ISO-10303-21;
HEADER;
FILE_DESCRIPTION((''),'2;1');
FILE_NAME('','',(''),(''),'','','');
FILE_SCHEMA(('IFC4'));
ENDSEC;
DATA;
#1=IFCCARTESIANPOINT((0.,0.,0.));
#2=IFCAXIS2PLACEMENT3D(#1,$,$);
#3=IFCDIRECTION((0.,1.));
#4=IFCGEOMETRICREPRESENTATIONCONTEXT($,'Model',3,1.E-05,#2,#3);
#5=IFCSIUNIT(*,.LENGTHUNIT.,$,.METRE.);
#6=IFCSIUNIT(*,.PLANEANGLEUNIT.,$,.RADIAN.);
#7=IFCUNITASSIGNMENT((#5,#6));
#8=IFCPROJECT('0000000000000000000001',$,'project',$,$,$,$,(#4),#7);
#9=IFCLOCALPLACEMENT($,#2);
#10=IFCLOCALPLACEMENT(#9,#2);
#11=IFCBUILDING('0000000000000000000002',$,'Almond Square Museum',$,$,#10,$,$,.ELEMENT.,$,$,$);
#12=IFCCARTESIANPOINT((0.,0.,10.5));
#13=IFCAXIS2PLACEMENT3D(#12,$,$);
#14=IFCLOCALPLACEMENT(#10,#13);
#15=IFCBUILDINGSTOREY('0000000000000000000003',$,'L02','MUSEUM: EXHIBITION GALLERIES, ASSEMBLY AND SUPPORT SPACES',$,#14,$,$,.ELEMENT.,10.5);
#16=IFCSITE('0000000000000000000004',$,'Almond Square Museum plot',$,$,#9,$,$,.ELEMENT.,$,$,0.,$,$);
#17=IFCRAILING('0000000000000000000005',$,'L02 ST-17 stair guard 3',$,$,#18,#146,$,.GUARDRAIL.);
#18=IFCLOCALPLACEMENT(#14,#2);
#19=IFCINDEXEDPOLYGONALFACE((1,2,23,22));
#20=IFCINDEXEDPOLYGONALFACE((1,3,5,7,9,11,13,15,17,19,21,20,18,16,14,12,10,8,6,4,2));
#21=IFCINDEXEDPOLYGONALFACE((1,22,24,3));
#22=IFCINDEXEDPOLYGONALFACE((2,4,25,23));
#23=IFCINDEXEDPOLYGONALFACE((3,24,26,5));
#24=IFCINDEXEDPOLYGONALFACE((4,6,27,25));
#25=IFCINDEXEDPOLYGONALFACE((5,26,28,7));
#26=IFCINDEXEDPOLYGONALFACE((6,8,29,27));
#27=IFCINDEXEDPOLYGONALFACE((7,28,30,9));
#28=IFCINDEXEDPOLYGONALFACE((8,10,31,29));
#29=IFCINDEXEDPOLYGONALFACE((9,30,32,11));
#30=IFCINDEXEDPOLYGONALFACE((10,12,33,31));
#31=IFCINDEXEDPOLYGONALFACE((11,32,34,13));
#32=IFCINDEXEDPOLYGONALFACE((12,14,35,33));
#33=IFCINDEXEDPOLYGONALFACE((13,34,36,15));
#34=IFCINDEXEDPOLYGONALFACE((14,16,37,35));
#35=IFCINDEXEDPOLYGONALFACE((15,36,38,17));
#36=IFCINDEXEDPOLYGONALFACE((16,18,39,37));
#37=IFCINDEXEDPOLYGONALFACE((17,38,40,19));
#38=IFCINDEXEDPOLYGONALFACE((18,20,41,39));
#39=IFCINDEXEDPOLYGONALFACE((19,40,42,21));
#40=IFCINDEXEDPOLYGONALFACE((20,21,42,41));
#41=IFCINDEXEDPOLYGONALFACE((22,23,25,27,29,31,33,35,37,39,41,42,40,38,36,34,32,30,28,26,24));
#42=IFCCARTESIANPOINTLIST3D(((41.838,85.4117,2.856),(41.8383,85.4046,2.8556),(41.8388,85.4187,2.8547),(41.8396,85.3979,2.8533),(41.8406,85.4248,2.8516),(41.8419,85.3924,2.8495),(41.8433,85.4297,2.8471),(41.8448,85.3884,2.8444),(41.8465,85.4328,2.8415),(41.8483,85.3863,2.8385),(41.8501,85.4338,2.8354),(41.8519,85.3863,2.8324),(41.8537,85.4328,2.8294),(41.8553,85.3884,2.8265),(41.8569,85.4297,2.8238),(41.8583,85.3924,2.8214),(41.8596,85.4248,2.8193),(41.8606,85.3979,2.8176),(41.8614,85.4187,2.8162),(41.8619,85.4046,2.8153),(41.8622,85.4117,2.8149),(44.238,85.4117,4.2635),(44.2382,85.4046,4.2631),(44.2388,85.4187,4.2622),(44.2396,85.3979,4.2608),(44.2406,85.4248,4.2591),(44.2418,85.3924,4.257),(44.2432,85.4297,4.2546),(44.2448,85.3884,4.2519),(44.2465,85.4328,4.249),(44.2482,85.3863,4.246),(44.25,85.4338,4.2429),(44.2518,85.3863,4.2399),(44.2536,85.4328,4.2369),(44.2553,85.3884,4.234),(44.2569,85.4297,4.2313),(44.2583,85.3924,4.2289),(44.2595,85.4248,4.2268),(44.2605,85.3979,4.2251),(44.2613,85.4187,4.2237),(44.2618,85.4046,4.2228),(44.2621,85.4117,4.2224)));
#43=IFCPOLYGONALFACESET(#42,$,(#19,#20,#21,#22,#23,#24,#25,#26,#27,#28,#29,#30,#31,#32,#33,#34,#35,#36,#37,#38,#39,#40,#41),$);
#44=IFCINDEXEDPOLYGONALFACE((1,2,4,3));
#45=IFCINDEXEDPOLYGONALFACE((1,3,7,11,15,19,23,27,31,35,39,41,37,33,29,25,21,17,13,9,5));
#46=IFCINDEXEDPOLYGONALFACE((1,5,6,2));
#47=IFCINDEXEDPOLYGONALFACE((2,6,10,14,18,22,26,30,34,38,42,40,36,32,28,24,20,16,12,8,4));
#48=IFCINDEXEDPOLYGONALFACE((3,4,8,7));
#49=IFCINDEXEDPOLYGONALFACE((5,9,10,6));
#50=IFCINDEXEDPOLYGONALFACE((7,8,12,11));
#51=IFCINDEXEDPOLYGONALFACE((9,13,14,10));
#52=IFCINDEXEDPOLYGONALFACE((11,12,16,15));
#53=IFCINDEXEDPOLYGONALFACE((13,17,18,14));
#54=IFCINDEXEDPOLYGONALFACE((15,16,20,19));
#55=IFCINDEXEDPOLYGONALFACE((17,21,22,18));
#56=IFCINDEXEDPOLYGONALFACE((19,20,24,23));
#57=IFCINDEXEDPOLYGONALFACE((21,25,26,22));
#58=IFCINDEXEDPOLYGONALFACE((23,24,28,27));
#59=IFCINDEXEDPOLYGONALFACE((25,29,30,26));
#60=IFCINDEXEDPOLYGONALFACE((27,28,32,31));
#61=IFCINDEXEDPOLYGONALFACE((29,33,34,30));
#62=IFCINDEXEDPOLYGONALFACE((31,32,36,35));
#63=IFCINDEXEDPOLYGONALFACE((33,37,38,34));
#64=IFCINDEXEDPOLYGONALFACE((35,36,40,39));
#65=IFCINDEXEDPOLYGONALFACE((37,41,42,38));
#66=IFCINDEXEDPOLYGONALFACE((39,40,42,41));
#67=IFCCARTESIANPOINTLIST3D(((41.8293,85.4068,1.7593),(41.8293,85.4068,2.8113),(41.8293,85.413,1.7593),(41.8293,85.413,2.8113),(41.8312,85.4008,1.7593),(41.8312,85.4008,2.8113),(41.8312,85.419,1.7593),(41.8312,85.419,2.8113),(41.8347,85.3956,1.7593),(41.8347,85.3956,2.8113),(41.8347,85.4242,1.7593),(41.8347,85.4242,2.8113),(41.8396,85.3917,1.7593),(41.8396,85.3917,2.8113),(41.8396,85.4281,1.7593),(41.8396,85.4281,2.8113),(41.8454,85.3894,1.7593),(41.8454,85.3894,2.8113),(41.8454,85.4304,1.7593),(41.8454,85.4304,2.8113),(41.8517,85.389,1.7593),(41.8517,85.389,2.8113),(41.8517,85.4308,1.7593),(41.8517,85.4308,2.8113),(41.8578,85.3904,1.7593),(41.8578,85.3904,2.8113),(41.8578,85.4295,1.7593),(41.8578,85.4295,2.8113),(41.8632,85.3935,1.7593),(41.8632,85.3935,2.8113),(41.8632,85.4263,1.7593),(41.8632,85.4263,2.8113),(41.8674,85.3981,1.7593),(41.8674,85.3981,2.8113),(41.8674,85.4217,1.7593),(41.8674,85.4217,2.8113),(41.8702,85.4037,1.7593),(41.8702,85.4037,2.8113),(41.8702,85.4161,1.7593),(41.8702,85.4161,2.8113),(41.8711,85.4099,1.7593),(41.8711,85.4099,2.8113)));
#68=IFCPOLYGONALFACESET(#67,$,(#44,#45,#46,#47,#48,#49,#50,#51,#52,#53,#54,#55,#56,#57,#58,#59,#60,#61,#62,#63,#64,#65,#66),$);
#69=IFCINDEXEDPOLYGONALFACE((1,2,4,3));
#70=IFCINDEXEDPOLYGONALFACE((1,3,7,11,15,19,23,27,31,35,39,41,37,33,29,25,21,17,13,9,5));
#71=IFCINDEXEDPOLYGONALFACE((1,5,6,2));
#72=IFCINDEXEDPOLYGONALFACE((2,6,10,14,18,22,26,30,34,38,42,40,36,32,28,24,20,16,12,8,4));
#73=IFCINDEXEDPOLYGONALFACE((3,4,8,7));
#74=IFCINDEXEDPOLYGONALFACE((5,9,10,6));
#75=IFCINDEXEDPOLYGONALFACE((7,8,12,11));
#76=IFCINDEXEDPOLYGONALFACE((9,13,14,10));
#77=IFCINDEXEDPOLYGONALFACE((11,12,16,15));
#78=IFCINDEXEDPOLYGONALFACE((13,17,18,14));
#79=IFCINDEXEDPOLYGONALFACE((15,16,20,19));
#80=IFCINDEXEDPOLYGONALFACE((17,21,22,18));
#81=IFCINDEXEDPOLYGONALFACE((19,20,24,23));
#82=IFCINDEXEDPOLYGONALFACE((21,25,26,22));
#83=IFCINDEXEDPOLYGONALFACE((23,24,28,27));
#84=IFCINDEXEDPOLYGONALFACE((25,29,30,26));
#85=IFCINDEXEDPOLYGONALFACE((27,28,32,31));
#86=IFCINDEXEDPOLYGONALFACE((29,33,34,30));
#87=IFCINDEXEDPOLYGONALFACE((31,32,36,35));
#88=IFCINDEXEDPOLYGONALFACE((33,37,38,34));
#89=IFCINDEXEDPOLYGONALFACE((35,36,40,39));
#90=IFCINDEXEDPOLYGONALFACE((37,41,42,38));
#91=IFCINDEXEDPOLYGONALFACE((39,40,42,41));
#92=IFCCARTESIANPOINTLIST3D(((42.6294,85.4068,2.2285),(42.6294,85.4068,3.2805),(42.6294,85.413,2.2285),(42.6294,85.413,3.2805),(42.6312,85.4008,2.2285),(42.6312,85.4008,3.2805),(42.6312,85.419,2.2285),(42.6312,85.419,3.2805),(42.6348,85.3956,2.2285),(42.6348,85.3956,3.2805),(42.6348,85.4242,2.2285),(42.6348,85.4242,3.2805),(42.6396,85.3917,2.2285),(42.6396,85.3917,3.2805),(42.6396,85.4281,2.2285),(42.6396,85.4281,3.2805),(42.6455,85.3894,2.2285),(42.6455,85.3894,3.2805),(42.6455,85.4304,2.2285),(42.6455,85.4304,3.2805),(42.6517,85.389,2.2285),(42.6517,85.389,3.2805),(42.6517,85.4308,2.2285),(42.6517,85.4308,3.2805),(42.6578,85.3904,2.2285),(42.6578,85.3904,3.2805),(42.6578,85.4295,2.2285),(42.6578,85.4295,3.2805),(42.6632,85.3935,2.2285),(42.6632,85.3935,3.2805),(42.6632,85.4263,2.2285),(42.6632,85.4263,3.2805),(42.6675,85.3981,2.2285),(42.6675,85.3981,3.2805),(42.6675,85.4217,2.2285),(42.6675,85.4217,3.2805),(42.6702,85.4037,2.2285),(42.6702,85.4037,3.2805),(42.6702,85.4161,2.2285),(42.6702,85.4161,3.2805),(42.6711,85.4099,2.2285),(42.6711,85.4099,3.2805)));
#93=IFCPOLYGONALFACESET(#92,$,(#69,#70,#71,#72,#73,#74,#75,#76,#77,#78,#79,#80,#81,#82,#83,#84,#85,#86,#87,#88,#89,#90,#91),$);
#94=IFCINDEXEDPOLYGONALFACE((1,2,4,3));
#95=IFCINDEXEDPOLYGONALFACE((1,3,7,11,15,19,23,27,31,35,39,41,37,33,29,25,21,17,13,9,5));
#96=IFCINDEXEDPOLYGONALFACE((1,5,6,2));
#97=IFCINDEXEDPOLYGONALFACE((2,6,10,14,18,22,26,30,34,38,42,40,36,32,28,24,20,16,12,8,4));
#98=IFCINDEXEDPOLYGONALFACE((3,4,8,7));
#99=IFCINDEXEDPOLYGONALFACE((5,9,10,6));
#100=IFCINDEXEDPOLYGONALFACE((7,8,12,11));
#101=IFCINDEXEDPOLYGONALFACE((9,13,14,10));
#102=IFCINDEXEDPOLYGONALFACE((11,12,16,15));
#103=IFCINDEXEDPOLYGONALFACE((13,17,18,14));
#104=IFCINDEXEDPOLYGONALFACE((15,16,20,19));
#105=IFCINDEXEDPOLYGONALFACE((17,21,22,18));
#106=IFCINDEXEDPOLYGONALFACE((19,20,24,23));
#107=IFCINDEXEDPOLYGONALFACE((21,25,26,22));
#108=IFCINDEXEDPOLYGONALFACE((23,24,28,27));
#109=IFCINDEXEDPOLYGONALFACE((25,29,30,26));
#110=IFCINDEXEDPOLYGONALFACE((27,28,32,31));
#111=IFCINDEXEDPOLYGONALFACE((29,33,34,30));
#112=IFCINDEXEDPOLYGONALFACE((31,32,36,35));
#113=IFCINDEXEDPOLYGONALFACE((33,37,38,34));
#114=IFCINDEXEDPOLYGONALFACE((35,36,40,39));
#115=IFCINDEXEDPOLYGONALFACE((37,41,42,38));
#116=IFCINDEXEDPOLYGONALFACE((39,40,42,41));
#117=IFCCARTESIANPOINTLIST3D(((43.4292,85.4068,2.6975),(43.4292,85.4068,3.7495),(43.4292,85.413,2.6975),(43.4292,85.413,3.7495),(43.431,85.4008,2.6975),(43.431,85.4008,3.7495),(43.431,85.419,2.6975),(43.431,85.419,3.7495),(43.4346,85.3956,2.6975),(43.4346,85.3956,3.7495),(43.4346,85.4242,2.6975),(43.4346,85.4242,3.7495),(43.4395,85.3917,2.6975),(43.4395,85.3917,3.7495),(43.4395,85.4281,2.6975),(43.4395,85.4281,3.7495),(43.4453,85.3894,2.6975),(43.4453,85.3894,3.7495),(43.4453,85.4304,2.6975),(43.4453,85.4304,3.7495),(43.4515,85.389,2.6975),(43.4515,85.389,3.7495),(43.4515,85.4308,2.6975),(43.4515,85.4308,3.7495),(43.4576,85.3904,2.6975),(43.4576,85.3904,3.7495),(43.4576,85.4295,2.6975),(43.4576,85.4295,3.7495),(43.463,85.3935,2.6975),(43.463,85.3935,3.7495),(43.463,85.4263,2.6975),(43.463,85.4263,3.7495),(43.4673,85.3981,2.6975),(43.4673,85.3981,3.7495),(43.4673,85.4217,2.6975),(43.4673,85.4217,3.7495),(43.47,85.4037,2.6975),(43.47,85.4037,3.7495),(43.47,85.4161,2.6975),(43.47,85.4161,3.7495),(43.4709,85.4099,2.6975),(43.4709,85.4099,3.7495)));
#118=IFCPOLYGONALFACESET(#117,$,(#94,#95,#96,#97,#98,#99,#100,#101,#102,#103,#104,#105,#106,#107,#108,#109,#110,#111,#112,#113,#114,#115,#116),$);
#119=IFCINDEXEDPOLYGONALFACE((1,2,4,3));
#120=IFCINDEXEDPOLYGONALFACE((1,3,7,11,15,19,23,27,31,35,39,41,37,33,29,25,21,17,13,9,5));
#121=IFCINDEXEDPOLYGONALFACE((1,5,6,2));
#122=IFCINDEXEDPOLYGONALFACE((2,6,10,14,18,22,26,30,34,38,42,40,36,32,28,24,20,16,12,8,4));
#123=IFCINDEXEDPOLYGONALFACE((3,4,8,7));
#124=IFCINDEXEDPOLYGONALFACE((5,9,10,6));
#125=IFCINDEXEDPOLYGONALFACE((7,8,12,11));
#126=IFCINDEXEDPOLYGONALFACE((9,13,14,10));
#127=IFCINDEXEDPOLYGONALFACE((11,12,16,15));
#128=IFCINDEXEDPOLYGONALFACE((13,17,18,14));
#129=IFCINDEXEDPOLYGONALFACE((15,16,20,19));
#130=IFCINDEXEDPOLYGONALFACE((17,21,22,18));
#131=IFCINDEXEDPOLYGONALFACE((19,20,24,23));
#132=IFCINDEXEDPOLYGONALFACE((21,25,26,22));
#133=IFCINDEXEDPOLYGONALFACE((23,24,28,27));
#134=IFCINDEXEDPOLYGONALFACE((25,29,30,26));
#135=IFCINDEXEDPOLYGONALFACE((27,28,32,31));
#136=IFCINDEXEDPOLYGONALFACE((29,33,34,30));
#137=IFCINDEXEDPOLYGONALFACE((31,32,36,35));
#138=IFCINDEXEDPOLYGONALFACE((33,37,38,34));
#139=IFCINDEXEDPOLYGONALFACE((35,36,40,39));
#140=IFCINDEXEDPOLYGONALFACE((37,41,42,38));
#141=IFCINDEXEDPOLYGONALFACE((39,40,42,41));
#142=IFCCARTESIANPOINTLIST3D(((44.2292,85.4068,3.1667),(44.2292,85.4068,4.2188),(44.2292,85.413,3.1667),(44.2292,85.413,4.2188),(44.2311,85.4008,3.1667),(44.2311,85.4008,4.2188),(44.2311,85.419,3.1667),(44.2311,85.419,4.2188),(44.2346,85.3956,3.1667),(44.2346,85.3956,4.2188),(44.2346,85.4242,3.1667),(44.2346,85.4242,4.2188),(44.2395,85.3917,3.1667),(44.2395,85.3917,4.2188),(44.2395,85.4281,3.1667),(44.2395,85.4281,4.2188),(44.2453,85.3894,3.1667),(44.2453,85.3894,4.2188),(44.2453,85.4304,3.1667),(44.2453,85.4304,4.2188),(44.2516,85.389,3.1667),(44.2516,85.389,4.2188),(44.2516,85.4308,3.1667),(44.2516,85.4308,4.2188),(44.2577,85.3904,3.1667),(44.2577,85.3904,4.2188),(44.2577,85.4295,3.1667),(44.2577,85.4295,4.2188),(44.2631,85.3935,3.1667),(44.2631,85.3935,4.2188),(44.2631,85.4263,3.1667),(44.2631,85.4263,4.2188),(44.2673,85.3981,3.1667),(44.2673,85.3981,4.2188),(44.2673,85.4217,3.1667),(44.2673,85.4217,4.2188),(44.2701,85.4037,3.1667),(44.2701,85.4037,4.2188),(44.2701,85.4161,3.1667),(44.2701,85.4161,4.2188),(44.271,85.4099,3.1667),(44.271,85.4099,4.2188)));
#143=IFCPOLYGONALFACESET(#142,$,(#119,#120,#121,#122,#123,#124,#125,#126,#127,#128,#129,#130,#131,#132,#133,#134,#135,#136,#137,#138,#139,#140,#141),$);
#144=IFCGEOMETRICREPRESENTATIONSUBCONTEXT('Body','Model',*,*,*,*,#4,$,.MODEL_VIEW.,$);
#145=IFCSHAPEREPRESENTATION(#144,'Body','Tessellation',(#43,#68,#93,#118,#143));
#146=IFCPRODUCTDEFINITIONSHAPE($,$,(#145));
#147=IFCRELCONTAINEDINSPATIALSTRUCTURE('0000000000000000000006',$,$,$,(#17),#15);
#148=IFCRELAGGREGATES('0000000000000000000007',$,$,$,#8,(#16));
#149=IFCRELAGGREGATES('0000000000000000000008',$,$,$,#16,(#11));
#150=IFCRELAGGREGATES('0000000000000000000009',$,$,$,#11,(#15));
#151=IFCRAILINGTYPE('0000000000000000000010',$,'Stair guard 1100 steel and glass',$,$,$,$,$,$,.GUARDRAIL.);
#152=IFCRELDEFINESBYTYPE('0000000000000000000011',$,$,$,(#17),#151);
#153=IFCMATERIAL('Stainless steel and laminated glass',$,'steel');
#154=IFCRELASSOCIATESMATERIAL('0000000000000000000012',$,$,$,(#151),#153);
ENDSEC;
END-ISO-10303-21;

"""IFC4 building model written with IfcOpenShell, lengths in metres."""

from ifc_helpers import new_model, si_unit, direction, frame, origin, origin_2d, place, context, subcontext, project, spatial, circle, extrude, material, type_object, element, save


model = new_model("IFC4")

# Units and contexts
model_context = context("Model", 3, precision=1e-05, world=origin(), true_north=direction((0.0, 1.0)))
body_context = subcontext(model_context, "Body", "Model", "MODEL_VIEW")
ifc_project = project(units=[si_unit("LENGTHUNIT", "METRE"), si_unit("PLANEANGLEUNIT", "RADIAN")], contexts=[model_context])

# Site, building, storey
site_placement = place(None, origin())
site = spatial("IfcSite", under=ifc_project, at=site_placement, Name="Almond Square Museum plot", CompositionType="ELEMENT", RefElevation=0.0)
building_placement = place(site_placement, origin())
building = spatial("IfcBuilding", under=site, at=building_placement, Name="Almond Square Museum", CompositionType="ELEMENT")
storey_placement = place(building_placement, frame((0.0, 0.0, 10.5)))
storey = spatial("IfcBuildingStorey", under=building, at=storey_placement, Name="L02", Description="MUSEUM: EXHIBITION GALLERIES, ASSEMBLY AND SUPPORT SPACES", CompositionType="ELEMENT", Elevation=10.5)

# Railing
ifc_material_1 = material(Name="Stainless steel and laminated glass", Category="steel")
railing_type_1 = type_object("IfcRailingType", Name="Stair guard 1100 steel and glass", PredefinedType="GUARDRAIL", material=ifc_material_1)
railing_1_placement = place(storey_placement, frame((41.8501, 85.4099, 1.7593)))
element("IfcRailing", 1, at=railing_1_placement, inside=storey, type_object=railing_type_1, Name="L02 ST-17 stair guard 3", PredefinedType="GUARDRAIL", context=body_context, shape_type="SweptSolid", body=[
    extrude(circle(Radius=0.0239, at=origin_2d()), frame((0.0, 0.0, 1.0762), z_axis=(0.862599, 0.0, 0.505888), x_axis=(0.0, 1.0, 0.0)), (0.0, 0.0, 1.0), 2.7822),
    extrude(circle(Radius=0.021, at=origin_2d()), origin(), (0.0, 0.0, 1.0), 1.052),
    extrude(circle(Radius=0.021, at=origin_2d()), frame((0.8, 0.0, 0.4692)), (0.0, 0.0, 1.0), 1.052),
    extrude(circle(Radius=0.021, at=origin_2d()), frame((1.5999, 0.0, 0.9382)), (0.0, 0.0, 1.0), 1.052),
    extrude(circle(Radius=0.021, at=origin_2d()), frame((2.3999, 0.0, 1.4075)), (0.0, 0.0, 1.0), 1.052),
])

save(model, "model.ifc")
